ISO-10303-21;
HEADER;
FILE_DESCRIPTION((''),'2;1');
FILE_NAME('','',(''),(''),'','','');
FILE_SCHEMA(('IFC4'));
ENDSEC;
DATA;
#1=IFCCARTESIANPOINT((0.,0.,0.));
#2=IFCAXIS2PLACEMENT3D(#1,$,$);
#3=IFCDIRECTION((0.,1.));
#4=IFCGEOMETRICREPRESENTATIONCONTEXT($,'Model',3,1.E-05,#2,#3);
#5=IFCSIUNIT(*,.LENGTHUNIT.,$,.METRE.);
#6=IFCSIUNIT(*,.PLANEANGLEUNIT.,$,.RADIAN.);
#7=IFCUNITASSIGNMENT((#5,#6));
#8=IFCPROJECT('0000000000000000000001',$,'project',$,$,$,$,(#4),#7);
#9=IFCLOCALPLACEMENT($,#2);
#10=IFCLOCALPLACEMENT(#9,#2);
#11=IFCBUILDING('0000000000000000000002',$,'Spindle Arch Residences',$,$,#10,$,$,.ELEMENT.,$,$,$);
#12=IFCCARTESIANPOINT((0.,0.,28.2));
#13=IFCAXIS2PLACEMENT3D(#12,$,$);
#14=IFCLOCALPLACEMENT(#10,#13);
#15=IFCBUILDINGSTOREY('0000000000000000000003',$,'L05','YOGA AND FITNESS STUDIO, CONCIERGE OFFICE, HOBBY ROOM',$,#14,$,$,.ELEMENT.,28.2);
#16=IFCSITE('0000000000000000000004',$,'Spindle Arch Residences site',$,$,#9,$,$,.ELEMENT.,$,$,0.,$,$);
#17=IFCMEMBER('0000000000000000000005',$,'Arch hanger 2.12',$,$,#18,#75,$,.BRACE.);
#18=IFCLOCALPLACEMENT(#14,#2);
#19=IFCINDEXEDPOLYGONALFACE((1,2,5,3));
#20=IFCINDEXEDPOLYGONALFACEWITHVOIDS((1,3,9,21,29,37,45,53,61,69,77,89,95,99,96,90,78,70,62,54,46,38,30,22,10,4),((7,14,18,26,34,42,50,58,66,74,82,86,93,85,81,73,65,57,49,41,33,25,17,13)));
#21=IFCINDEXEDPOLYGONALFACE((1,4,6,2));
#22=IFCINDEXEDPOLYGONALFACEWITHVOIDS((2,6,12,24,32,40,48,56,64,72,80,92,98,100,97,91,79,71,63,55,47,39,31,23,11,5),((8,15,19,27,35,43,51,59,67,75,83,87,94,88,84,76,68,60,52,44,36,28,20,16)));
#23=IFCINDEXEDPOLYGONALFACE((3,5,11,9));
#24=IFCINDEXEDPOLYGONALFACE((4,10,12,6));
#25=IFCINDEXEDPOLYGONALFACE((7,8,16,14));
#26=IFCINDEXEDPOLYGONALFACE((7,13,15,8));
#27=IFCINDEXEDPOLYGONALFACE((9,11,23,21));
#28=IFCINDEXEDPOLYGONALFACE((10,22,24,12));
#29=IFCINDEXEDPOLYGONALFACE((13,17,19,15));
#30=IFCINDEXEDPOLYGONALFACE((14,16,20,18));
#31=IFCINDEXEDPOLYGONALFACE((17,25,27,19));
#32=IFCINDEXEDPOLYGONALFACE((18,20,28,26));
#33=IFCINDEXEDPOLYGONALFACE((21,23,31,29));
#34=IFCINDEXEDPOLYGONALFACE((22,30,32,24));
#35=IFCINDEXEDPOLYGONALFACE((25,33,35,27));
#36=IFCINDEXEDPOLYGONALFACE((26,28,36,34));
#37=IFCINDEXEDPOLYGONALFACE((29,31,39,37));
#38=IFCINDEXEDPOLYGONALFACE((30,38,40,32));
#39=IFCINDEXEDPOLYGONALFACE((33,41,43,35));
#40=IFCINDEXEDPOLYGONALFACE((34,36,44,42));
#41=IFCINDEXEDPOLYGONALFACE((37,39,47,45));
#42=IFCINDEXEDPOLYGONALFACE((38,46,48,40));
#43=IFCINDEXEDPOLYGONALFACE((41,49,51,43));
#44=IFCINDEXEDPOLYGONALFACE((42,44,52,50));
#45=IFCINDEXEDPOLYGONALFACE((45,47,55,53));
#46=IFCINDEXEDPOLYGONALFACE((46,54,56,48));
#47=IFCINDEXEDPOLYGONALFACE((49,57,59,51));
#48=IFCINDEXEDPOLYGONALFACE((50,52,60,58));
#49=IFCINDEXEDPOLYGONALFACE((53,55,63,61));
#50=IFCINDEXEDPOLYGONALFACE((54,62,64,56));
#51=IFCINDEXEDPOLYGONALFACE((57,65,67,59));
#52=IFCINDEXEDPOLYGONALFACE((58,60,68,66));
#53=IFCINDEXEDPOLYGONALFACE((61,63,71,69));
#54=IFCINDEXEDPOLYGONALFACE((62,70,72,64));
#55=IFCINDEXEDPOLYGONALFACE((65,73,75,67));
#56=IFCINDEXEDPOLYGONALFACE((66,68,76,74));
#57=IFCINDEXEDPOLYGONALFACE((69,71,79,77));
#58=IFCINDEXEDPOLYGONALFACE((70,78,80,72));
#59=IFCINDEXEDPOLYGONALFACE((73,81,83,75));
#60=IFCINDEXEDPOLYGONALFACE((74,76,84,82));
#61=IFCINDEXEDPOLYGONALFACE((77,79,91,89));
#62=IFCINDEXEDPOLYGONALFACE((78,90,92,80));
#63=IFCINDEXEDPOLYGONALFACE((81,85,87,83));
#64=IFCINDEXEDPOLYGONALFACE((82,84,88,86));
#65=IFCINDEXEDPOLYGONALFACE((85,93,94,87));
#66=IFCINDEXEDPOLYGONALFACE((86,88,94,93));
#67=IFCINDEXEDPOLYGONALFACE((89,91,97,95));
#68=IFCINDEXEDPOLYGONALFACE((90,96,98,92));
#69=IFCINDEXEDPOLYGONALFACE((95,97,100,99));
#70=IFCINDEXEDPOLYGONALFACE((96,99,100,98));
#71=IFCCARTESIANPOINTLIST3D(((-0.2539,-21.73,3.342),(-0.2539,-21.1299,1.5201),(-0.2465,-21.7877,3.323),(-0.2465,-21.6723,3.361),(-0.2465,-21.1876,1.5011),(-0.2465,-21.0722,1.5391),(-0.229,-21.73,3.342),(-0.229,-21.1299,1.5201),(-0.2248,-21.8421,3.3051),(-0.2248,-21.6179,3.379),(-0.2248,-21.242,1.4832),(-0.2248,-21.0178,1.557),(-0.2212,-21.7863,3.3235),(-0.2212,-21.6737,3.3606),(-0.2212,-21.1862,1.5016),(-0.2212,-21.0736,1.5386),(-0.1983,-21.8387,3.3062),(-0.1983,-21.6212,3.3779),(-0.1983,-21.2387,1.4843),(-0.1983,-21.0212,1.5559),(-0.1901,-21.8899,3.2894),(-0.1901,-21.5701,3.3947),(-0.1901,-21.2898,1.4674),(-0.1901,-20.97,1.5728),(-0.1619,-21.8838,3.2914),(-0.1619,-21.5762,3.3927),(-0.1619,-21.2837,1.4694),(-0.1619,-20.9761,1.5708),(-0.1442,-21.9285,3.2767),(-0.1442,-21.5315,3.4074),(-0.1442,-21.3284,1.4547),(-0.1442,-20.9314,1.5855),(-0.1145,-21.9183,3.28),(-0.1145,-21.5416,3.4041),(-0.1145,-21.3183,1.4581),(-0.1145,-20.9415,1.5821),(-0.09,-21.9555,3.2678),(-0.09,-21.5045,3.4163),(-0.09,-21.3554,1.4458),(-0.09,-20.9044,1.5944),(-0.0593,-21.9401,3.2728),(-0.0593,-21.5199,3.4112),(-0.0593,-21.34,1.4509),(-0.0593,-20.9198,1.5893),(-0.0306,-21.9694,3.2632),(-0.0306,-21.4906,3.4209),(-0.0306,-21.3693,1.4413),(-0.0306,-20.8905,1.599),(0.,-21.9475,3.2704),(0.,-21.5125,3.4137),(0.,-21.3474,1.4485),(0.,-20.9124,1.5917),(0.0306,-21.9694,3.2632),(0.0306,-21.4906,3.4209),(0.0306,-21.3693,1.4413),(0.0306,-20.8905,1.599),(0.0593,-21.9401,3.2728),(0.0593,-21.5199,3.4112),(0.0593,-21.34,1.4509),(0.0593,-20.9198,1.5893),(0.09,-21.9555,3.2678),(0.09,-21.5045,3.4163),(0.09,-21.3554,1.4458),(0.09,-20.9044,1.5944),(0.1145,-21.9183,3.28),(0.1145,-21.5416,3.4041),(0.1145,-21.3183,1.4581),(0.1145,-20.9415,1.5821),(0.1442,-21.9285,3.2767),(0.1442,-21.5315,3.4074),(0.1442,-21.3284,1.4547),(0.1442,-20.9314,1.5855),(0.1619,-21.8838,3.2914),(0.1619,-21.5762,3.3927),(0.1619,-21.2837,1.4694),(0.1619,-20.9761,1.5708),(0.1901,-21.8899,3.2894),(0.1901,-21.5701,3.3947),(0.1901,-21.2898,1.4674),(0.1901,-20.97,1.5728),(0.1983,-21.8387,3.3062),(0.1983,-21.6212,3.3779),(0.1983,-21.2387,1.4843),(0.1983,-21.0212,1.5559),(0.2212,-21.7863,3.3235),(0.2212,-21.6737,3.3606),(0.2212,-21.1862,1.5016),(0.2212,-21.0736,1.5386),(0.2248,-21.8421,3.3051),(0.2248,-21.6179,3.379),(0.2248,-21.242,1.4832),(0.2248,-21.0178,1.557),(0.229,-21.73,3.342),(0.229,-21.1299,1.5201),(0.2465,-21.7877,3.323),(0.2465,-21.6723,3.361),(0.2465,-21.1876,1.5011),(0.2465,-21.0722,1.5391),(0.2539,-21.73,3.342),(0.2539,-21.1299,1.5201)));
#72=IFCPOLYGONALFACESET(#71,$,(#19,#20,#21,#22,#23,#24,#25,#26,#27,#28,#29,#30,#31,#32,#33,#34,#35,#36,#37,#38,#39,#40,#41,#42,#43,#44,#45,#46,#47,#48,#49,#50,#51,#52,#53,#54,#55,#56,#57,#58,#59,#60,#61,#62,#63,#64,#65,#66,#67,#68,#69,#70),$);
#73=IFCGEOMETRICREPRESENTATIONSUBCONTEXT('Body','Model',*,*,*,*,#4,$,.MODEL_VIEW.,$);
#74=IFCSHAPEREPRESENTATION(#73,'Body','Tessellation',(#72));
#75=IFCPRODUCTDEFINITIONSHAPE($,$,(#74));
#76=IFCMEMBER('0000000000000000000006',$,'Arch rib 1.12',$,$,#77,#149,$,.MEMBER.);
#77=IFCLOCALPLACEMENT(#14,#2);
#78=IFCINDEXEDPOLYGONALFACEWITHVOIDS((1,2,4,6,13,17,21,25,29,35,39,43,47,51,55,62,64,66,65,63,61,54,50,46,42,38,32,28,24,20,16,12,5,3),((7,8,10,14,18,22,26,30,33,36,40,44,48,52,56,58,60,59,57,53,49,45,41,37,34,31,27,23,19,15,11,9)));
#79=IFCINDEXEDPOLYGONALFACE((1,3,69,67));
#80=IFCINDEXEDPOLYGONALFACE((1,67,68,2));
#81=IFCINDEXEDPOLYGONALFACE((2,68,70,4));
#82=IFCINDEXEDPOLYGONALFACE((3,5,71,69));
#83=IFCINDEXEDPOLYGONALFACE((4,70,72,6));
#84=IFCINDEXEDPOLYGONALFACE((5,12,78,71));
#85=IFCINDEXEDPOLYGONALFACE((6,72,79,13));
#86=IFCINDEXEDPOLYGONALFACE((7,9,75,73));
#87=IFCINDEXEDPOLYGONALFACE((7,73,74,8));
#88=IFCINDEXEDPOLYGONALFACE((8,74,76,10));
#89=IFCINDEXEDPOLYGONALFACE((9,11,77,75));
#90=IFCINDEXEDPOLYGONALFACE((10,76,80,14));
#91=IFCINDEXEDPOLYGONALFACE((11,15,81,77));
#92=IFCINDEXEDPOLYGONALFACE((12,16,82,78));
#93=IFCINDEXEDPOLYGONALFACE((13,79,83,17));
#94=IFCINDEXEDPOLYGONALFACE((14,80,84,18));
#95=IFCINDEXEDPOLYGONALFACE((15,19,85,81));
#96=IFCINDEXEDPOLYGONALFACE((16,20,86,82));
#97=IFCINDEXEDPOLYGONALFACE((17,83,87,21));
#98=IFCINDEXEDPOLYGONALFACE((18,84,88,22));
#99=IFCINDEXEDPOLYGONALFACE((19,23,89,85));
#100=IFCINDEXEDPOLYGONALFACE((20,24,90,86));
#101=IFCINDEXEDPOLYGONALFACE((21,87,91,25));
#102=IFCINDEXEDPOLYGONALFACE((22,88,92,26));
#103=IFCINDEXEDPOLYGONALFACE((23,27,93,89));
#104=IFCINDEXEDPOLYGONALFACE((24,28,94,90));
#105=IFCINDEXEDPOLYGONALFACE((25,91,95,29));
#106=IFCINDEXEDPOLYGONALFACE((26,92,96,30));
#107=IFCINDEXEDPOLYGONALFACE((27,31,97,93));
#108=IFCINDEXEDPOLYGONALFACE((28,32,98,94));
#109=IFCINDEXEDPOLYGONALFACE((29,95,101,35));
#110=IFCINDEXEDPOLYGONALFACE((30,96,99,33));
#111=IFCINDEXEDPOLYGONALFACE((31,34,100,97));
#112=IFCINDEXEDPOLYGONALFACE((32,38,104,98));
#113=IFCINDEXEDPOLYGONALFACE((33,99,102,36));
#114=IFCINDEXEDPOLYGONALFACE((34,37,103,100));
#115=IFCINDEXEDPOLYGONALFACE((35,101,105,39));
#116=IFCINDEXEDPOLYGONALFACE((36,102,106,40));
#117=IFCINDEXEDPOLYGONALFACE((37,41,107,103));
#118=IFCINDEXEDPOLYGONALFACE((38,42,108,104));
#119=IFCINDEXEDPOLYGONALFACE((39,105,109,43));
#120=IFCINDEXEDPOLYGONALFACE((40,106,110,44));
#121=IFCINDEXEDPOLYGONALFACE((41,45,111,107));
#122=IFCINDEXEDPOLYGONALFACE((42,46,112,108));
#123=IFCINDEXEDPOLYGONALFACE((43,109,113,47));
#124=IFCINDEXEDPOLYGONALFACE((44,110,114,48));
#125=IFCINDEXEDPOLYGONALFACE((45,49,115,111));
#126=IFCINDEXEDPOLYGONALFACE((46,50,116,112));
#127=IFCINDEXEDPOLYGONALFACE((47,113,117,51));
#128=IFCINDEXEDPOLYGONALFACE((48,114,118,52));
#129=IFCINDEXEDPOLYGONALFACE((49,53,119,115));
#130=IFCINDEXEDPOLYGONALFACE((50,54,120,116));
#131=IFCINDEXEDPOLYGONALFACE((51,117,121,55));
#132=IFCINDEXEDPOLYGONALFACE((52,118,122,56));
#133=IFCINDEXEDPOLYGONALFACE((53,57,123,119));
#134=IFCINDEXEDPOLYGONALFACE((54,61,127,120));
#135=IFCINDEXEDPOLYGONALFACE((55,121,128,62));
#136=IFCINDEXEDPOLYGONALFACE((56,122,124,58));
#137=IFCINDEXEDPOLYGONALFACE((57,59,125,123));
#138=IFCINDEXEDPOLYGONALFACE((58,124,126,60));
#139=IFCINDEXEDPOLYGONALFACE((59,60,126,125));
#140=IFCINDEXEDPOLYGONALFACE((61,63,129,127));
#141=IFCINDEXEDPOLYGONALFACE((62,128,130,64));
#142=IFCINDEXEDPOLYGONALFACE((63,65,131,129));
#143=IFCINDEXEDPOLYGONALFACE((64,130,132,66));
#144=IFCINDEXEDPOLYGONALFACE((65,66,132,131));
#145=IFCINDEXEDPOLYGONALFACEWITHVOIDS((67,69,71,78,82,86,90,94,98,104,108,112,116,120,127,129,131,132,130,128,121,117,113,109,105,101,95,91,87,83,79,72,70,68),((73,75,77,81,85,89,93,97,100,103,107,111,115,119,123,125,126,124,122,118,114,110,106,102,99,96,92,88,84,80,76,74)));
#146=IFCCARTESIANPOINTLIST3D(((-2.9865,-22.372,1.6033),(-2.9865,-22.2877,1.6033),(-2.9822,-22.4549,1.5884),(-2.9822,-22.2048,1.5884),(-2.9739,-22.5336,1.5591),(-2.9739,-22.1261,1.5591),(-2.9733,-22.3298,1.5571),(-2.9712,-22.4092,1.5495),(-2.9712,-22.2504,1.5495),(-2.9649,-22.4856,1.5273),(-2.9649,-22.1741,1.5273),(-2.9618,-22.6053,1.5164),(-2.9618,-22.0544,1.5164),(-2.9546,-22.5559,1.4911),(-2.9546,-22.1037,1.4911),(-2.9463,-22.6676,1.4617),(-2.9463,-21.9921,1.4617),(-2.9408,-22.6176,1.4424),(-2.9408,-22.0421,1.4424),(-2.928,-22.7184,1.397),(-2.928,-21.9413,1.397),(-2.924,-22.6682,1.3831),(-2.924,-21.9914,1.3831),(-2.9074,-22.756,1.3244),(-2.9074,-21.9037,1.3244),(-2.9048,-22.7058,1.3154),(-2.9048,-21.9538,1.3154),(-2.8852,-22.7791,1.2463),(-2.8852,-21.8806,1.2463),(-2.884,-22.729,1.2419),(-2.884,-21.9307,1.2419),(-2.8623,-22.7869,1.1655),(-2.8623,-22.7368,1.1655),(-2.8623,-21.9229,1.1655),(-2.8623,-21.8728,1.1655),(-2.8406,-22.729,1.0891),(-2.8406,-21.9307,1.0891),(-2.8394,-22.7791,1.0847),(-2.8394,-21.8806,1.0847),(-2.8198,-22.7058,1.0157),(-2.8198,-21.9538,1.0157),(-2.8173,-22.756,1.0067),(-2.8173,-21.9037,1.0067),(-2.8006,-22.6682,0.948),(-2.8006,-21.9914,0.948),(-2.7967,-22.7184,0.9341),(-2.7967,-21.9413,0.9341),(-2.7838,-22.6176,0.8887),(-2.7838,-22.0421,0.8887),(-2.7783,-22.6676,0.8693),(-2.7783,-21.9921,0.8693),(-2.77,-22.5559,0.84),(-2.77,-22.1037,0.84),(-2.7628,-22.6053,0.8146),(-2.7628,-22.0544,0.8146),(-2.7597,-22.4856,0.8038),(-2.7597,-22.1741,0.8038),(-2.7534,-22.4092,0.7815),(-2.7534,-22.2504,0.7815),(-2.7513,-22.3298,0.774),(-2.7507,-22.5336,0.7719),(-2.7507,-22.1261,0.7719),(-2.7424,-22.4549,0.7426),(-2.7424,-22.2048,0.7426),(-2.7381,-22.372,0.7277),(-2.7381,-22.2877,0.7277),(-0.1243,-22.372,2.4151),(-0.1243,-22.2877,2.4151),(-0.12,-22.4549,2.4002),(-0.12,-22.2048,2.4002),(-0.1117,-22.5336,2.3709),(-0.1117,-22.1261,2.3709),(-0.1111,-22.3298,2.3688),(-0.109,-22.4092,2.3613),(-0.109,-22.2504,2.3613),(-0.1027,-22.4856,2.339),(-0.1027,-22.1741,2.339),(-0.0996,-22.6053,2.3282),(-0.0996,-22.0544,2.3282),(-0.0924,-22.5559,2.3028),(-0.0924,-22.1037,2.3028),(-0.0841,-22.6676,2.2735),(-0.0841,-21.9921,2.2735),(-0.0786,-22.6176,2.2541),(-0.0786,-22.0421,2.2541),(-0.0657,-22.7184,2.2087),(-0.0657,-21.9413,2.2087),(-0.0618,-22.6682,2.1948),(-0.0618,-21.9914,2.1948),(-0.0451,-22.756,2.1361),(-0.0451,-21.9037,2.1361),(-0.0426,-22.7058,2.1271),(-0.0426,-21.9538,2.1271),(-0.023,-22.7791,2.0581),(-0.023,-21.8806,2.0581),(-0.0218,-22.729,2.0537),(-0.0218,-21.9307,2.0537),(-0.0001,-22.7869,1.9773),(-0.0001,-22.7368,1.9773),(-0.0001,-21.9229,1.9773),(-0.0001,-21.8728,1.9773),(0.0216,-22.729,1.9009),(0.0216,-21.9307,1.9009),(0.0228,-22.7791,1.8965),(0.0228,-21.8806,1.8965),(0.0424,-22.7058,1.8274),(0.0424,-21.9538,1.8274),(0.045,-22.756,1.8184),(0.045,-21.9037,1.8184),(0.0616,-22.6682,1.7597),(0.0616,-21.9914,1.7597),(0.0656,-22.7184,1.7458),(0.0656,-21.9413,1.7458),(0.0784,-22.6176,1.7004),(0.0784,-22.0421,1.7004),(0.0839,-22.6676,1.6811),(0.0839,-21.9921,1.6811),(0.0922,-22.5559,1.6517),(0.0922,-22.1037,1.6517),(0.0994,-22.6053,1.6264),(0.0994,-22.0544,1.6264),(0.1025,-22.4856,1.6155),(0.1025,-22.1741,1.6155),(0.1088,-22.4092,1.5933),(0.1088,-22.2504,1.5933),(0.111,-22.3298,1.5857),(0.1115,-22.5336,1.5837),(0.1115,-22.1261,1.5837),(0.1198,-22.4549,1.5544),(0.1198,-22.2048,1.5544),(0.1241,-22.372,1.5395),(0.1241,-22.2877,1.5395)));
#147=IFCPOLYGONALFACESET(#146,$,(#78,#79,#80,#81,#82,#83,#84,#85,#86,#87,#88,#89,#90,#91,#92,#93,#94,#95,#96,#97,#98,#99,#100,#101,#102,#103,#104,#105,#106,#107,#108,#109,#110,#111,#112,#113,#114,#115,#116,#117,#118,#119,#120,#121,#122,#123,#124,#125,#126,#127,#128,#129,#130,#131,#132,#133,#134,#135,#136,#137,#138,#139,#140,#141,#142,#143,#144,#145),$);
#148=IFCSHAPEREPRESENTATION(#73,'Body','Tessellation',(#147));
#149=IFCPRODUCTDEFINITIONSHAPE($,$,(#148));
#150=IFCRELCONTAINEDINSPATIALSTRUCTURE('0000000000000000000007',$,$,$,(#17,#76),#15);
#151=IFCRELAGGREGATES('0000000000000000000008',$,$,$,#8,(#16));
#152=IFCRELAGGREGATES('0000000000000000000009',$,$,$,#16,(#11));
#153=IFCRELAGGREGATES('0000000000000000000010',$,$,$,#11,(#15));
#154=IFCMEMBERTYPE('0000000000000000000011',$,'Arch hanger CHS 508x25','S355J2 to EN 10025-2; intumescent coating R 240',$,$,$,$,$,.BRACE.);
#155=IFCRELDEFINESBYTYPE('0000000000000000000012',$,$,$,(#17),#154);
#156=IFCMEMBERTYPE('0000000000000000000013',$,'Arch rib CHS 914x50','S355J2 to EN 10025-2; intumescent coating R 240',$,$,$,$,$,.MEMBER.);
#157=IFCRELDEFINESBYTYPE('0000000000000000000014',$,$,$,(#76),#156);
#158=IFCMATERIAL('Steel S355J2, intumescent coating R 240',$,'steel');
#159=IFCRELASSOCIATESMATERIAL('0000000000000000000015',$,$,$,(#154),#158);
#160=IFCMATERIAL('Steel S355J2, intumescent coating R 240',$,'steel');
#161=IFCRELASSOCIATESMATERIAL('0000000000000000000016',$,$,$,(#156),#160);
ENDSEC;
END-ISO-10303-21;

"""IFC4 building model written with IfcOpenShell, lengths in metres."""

from ifc_helpers import new_model, si_unit, direction, frame, origin, origin_2d, place, context, subcontext, project, spatial, hollow_circle, extrude, material, material_profile, profile_set, type_object, element, save


model = new_model("IFC4")

# Units and contexts
model_context = context("Model", 3, precision=1e-05, world=origin(), true_north=direction((0.0, 1.0)))
body_context = subcontext(model_context, "Body", "Model", "MODEL_VIEW")
ifc_project = project(units=[si_unit("LENGTHUNIT", "METRE"), si_unit("PLANEANGLEUNIT", "RADIAN")], contexts=[model_context])

# Site, building, storey
site_placement = place(None, origin())
site = spatial("IfcSite", under=ifc_project, at=site_placement, Name="Spindle Arch Residences site", CompositionType="ELEMENT", RefElevation=0.0)
building_placement = place(site_placement, origin())
building = spatial("IfcBuilding", under=site, at=building_placement, Name="Spindle Arch Residences", CompositionType="ELEMENT")
storey_placement = place(building_placement, frame((0.0, 0.0, 28.2)))
storey = spatial("IfcBuildingStorey", under=building, at=storey_placement, Name="L05", Description="YOGA AND FITNESS STUDIO, CONCIERGE OFFICE, HOBBY ROOM", CompositionType="ELEMENT", Elevation=28.2)

# Members
ifc_material_1 = material(Name="Steel S355J2, intumescent coating R 240", Category="steel")
ifc_material_profile_1 = material_profile(ifc_material_1, hollow_circle(Radius=0.2539, WallThickness=0.0249, at=origin_2d()), Name="CHS 508x25")
ifc_profile_set_1 = profile_set([ifc_material_profile_1], Name="Steel S355J2, intumescent coating R 240")
member_type_1 = type_object("IfcMemberType", Name="Arch hanger CHS 508x25", Description="S355J2 to EN 10025-2; intumescent coating R 240", PredefinedType="BRACE", material=ifc_profile_set_1)
member_1_placement = place(storey_placement, frame((0.0, -21.73, 3.342), z_axis=(0.0, 0.312828, -0.94981), x_axis=(-1.0, 0.0, 0.0)))
element("IfcMember", 1, at=member_1_placement, inside=storey, type_object=member_type_1, Name="Arch hanger 2.12", PredefinedType="BRACE", context=body_context, shape_type="SweptSolid", body=[
    extrude(hollow_circle(Radius=0.2539, WallThickness=0.0249, at=origin_2d()), origin(), (0.0, 0.0, 1.0), 1.9182),
])
ifc_material_2 = material(Name="Steel S355J2, intumescent coating R 240", Category="steel")
ifc_material_profile_2 = material_profile(ifc_material_2, hollow_circle(Radius=0.457, WallThickness=0.05, at=origin_2d()), Name="CHS 914x50")
ifc_profile_set_2 = profile_set([ifc_material_profile_2], Name="Steel S355J2, intumescent coating R 240")
member_type_2 = type_object("IfcMemberType", Name="Arch rib CHS 914x50", Description="S355J2 to EN 10025-2; intumescent coating R 240", PredefinedType="MEMBER", material=ifc_profile_set_2)
for number, where, z_axis, x_axis, name in (
    (2, (-2.8623, -22.3298, 1.1655), (0.962058, 0.0, 0.272846), (0.0, 1.0, 0.0), "Arch rib 1.12"),
):
    element("IfcMember", number, at=place(storey_placement, frame(where, z_axis=z_axis, x_axis=x_axis)), inside=storey, type_object=member_type_2, Name=name, PredefinedType="MEMBER", context=body_context, shape_type="SweptSolid", body=[
        extrude(hollow_circle(Radius=0.457, WallThickness=0.05, at=origin_2d()), origin(), (0.0, 0.0, 1.0), 2.9751),
    ])

save(model, "model.ifc")
